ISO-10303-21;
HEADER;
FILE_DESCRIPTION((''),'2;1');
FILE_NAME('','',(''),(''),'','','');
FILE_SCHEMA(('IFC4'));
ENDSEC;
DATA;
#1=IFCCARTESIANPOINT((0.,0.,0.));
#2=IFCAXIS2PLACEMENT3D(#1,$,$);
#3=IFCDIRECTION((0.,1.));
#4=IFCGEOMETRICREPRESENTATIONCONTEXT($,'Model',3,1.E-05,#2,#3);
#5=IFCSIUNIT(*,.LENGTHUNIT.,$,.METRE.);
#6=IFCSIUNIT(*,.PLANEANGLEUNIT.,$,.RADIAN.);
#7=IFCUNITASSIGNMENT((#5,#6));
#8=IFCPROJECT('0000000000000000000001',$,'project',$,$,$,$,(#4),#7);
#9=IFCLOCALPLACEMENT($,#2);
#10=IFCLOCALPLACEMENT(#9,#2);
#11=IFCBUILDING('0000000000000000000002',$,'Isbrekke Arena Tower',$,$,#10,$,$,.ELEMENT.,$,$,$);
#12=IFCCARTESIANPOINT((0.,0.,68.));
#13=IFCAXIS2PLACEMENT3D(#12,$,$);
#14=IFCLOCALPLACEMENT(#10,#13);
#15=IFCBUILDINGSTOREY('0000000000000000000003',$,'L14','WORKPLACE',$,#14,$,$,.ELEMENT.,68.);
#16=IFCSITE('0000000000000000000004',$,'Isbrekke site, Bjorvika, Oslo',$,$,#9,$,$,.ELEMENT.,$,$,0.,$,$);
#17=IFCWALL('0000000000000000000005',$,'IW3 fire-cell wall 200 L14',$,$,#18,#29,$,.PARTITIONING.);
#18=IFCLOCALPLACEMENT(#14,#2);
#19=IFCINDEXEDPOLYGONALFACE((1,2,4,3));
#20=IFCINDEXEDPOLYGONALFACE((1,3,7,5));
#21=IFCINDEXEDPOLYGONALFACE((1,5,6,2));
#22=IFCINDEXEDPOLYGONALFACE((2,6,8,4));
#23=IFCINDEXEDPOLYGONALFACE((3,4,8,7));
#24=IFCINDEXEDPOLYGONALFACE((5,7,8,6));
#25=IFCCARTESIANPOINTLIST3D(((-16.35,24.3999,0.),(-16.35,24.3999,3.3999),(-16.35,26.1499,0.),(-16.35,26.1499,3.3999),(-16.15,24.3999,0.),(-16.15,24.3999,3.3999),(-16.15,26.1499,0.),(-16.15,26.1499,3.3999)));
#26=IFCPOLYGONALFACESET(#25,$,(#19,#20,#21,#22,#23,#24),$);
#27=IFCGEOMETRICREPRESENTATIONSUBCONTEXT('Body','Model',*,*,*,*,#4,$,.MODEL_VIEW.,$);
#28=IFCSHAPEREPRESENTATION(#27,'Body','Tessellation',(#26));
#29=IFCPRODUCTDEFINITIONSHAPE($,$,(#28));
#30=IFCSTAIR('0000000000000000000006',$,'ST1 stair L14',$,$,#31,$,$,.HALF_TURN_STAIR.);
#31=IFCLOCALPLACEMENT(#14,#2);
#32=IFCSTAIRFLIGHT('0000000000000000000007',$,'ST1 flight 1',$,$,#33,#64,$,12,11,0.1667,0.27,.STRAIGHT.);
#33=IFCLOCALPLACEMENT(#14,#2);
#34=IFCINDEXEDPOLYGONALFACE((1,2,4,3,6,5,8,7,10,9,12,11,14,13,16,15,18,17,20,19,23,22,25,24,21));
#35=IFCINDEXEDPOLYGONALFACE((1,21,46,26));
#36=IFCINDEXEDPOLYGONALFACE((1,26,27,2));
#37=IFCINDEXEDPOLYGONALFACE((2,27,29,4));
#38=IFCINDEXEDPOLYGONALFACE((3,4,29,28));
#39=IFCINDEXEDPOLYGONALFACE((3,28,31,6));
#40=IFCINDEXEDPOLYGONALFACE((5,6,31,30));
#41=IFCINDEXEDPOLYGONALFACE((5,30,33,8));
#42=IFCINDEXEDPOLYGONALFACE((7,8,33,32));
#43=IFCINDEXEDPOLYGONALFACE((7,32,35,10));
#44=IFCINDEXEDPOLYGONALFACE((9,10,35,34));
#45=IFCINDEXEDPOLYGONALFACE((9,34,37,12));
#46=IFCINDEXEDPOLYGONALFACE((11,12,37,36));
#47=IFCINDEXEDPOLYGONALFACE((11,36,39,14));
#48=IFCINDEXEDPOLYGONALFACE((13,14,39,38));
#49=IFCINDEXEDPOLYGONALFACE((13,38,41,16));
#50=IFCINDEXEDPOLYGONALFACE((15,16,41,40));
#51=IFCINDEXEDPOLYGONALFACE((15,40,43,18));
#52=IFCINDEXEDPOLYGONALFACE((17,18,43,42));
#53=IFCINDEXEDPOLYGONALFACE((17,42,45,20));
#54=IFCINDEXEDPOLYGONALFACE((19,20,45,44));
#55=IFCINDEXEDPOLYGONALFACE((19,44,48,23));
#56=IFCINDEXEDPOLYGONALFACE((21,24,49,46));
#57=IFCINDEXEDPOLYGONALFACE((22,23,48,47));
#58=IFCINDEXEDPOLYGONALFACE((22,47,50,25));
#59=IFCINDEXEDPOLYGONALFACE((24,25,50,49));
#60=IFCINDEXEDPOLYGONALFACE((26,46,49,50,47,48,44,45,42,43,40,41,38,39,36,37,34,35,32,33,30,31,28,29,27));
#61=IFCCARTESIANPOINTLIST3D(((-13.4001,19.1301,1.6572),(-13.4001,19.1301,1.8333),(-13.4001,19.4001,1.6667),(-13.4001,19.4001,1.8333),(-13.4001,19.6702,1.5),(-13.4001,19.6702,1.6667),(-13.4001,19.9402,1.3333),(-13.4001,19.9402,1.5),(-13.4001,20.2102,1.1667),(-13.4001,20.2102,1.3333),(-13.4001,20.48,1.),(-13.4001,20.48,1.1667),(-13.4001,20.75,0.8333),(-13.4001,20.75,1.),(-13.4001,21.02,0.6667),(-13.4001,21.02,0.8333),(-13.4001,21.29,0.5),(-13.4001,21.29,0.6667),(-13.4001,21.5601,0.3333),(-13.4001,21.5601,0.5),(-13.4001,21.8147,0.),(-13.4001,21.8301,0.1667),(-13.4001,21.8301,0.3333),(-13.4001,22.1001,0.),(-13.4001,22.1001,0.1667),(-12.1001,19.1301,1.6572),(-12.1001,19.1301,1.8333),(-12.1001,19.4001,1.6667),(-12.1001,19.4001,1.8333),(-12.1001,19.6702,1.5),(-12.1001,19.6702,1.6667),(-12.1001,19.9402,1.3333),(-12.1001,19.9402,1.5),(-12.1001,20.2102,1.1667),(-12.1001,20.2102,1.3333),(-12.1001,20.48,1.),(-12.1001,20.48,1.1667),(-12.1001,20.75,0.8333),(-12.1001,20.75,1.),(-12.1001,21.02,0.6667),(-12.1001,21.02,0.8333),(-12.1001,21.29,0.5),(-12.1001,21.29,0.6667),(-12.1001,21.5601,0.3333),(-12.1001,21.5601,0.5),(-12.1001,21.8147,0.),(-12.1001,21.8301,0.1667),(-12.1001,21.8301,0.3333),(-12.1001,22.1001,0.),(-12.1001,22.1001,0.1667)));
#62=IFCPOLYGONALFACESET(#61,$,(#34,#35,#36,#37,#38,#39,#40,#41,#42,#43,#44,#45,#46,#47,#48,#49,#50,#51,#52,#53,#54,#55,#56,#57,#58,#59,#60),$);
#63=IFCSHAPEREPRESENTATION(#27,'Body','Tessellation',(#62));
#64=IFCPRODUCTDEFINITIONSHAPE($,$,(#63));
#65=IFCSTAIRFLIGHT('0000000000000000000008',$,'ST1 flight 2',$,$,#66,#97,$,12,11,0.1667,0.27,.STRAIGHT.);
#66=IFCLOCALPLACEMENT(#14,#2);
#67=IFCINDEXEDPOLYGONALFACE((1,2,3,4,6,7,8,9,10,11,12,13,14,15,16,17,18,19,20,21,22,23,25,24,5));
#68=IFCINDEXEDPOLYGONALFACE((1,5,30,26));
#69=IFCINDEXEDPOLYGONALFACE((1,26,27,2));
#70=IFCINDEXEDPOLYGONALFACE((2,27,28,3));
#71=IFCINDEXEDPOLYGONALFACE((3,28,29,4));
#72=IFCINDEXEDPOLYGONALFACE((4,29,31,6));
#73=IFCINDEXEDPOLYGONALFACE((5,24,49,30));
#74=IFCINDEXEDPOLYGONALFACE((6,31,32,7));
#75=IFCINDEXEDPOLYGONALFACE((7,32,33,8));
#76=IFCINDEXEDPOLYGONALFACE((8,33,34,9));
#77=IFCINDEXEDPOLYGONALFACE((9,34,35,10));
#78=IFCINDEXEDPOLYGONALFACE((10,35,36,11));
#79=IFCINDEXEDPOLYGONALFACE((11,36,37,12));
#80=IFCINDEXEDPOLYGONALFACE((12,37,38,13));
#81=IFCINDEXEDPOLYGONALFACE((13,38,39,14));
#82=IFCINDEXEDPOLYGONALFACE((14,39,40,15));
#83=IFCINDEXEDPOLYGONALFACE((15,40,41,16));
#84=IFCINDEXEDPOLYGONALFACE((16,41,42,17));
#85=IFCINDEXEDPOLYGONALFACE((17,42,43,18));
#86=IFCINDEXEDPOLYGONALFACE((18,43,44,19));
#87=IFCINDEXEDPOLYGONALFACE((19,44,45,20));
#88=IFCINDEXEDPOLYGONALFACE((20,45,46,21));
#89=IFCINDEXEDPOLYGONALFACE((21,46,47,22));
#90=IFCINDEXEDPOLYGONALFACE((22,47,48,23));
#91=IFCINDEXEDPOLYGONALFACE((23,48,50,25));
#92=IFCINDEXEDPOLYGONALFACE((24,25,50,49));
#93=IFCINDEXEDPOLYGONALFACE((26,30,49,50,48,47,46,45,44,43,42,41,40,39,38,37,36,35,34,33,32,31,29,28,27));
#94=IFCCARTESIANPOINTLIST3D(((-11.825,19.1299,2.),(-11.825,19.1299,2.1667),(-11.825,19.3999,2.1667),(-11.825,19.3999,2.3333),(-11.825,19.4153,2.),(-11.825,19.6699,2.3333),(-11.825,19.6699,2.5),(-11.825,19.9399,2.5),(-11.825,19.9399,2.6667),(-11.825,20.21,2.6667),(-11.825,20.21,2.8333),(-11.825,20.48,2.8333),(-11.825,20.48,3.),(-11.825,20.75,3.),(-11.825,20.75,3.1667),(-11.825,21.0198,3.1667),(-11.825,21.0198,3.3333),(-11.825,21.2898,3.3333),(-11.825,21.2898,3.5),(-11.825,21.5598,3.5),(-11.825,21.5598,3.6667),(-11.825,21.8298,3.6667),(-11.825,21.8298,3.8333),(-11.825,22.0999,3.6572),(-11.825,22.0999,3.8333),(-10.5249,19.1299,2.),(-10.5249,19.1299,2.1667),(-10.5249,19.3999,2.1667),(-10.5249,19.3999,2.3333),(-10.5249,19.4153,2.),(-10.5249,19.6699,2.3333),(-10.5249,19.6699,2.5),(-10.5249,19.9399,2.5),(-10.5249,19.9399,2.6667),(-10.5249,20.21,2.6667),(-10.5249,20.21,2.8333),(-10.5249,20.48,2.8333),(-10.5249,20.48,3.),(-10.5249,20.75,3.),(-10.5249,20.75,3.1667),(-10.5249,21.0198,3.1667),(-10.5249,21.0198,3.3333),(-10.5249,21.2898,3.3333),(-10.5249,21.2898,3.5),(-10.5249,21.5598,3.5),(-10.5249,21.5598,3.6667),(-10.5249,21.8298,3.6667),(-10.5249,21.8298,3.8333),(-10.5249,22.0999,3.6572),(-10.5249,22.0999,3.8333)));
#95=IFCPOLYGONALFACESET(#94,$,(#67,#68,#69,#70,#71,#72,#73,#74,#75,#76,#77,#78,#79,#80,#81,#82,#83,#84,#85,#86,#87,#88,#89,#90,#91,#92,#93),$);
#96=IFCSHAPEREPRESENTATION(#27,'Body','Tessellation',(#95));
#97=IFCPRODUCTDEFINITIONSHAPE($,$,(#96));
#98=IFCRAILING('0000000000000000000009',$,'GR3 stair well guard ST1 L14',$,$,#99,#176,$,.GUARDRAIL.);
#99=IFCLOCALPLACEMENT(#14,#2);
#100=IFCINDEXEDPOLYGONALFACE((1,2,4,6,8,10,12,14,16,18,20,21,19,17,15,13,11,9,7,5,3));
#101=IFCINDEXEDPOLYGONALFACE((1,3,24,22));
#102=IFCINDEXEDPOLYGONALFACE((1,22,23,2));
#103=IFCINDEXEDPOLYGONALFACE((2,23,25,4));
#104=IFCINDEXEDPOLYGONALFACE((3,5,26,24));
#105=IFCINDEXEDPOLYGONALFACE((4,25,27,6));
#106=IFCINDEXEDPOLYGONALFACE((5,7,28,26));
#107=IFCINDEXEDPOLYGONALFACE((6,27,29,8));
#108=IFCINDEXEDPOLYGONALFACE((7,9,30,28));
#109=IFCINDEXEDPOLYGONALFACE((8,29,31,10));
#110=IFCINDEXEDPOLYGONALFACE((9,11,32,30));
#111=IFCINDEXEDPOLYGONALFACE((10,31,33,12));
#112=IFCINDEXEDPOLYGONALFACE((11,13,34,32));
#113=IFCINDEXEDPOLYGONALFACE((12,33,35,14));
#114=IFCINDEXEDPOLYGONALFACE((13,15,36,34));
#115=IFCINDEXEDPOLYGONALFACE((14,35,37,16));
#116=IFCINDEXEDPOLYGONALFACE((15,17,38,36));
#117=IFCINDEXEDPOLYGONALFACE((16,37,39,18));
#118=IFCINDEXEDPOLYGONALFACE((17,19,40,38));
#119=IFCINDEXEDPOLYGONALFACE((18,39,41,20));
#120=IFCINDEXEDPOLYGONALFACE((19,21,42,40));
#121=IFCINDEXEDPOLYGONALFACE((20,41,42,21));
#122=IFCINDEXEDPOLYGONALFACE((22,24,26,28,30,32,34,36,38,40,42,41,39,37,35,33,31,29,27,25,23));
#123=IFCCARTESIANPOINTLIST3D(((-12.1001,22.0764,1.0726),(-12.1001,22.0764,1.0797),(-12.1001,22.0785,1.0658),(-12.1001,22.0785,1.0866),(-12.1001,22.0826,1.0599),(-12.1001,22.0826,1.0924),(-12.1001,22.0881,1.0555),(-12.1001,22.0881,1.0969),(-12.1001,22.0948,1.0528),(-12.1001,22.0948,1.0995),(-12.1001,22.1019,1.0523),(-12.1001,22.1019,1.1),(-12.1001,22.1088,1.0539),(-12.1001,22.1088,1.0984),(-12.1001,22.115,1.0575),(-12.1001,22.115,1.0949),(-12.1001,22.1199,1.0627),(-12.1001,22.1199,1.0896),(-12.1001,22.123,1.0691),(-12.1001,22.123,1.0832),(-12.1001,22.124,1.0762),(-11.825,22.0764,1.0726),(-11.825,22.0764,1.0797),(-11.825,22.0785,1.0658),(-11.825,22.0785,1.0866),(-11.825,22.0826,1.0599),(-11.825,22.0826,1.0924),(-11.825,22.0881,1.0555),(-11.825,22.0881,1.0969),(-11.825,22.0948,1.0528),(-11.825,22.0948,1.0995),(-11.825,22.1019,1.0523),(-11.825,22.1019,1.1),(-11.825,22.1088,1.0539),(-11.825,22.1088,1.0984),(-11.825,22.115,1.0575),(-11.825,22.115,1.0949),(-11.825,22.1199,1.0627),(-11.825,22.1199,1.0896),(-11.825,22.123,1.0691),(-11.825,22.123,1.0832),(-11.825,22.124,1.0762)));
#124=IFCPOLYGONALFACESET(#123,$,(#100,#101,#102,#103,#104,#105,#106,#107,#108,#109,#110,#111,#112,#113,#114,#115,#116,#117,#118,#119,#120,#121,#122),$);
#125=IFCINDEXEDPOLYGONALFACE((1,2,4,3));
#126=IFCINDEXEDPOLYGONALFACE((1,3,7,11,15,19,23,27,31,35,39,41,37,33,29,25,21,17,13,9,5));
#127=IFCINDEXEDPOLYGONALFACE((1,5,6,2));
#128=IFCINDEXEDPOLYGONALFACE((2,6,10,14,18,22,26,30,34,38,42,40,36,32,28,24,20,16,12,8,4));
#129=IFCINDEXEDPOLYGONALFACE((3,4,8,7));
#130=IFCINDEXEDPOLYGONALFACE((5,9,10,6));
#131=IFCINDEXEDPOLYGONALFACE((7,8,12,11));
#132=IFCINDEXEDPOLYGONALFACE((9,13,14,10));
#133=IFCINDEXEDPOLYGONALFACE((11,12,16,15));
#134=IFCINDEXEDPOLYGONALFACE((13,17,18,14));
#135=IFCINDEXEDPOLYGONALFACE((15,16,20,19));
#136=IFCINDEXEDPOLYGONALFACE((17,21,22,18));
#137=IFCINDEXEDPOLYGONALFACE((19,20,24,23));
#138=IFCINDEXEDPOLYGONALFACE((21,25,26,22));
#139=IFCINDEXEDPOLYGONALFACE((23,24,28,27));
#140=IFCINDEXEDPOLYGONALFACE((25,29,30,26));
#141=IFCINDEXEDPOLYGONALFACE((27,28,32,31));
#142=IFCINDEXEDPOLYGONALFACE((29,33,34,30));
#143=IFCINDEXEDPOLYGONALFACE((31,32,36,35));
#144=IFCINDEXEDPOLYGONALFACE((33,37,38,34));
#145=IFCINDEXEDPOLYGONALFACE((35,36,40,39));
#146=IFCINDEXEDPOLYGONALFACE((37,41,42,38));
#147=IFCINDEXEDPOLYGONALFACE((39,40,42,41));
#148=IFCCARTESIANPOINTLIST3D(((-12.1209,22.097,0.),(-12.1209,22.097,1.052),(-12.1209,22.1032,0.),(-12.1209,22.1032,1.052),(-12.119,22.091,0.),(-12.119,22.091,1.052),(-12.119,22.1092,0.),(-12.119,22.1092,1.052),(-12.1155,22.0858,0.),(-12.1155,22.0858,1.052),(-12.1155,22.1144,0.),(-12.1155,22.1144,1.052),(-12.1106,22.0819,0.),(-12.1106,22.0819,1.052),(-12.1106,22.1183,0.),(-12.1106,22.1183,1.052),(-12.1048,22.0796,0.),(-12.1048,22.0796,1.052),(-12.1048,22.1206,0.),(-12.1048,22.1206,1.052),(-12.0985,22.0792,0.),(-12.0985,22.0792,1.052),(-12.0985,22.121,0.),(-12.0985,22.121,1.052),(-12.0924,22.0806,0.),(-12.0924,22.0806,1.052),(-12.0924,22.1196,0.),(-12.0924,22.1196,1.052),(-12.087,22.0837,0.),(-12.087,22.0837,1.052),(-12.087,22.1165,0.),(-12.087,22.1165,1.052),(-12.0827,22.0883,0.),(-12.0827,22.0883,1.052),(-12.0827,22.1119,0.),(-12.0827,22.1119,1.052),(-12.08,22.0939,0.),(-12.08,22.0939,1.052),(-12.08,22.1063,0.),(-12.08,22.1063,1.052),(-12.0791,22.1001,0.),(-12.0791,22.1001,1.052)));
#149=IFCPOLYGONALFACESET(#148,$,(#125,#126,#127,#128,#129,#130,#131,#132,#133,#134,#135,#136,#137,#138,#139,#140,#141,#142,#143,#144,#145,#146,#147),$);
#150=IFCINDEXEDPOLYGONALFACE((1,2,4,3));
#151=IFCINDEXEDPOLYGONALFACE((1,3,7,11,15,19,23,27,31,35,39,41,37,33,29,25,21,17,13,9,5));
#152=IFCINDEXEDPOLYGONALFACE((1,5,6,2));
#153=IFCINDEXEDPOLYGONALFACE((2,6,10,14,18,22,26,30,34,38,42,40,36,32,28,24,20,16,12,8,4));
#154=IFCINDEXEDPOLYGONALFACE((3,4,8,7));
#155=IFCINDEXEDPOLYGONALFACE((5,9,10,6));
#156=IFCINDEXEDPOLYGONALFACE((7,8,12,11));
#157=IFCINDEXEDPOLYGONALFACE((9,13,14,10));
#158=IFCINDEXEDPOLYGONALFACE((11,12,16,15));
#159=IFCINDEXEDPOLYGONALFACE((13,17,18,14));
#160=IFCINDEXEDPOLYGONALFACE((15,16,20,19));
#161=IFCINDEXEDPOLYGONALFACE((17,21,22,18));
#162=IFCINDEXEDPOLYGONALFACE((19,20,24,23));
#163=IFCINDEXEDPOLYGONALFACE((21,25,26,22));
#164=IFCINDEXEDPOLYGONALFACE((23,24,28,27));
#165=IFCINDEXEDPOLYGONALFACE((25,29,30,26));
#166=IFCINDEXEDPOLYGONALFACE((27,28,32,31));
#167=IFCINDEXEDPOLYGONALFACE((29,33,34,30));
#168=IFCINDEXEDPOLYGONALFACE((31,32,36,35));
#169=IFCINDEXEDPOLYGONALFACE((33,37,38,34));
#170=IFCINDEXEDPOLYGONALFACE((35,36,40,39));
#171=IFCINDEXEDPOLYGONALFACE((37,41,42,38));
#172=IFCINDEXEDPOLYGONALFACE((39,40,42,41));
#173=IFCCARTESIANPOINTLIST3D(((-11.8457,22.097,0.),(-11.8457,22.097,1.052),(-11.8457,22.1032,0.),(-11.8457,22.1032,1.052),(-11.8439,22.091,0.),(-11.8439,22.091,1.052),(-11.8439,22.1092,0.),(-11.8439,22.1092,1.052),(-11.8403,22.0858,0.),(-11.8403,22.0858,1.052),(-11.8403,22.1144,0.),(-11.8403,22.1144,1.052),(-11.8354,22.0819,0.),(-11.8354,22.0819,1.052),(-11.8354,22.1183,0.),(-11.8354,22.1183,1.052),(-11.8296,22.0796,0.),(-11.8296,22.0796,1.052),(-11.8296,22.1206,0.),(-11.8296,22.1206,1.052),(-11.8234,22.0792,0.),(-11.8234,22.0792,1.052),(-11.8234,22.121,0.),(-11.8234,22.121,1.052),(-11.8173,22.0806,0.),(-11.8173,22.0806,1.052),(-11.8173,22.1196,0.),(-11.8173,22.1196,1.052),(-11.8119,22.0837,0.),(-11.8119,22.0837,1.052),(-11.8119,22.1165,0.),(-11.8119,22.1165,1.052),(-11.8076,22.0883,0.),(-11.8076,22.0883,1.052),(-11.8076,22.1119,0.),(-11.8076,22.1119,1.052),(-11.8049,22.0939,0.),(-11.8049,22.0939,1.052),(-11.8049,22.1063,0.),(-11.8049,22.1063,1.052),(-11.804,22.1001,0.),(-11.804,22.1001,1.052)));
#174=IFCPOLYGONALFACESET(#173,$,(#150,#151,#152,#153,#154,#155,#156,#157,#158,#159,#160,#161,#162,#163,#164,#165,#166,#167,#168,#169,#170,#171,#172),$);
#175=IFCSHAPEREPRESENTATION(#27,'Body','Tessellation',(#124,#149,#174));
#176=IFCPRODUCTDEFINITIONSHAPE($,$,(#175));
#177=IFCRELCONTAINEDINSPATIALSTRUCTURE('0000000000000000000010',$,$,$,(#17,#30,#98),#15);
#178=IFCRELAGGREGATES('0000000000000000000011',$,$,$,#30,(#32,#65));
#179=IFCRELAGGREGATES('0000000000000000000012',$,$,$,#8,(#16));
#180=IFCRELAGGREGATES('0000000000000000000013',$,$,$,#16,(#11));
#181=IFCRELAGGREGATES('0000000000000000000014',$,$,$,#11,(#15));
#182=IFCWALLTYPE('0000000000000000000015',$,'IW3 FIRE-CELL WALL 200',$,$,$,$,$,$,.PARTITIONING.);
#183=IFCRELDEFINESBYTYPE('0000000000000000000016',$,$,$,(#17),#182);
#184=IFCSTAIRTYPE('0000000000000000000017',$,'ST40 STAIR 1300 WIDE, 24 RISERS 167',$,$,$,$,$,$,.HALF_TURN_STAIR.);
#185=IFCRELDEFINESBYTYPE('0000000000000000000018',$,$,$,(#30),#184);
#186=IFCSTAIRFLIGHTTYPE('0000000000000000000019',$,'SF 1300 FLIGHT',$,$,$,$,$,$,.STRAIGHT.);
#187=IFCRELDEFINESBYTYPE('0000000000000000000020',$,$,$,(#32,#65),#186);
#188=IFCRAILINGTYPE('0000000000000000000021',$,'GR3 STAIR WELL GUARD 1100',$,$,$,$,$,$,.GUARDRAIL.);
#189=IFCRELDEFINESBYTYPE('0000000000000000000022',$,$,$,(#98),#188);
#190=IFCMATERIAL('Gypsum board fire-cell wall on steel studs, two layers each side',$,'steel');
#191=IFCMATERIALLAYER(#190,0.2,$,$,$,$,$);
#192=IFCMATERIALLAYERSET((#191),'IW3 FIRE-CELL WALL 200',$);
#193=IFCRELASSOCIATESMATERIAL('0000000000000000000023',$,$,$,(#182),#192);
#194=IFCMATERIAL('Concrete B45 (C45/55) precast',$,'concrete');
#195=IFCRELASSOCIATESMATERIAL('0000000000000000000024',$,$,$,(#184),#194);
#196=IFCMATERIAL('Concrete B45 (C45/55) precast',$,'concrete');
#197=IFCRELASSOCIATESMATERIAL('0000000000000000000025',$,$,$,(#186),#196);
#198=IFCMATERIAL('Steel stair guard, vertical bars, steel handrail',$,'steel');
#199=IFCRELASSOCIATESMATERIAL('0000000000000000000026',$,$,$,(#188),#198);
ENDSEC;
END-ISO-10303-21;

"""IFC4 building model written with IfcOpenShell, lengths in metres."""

from ifc_helpers import new_model, si_unit, direction, frame, frame_2d, origin, origin_2d, place, context, subcontext, project, spatial, polyline, rectangle, circle, outline, extrude, material, layer, layer_set, type_object, element, aggregate, save


model = new_model("IFC4")

# Units and contexts
model_context = context("Model", 3, precision=1e-05, world=origin(), true_north=direction((0.0, 1.0)))
body_context = subcontext(model_context, "Body", "Model", "MODEL_VIEW")
ifc_project = project(units=[si_unit("LENGTHUNIT", "METRE"), si_unit("PLANEANGLEUNIT", "RADIAN")], contexts=[model_context])

# Site, building, storey
site_placement = place(None, origin())
site = spatial("IfcSite", under=ifc_project, at=site_placement, Name="Isbrekke site, Bjorvika, Oslo", CompositionType="ELEMENT", RefElevation=0.0)
building_placement = place(site_placement, origin())
building = spatial("IfcBuilding", under=site, at=building_placement, Name="Isbrekke Arena Tower", CompositionType="ELEMENT")
storey_placement = place(building_placement, frame((0.0, 0.0, 68.0)))
storey = spatial("IfcBuildingStorey", under=building, at=storey_placement, Name="L14", Description="WORKPLACE", CompositionType="ELEMENT", Elevation=68.0)

# Wall
ifc_material_1 = material(Name="Gypsum board fire-cell wall on steel studs, two layers each side", Category="steel")
ifc_layer_1 = layer(ifc_material_1, 0.2)
ifc_layer_set_1 = layer_set([ifc_layer_1], Name="IW3 FIRE-CELL WALL 200")
wall_type_1 = type_object("IfcWallType", Name="IW3 FIRE-CELL WALL 200", PredefinedType="PARTITIONING", material=ifc_layer_set_1)
wall_1_placement = place(storey_placement, frame((-16.25, 24.3999, 0.0), z_axis=(0.0, 0.0, 1.0), x_axis=(0.0, 1.0, 0.0)))
element("IfcWall", 1, at=wall_1_placement, inside=storey, type_object=wall_type_1, Name="IW3 fire-cell wall 200 L14", PredefinedType="PARTITIONING", context=body_context, shape_type="SweptSolid", body=[
    extrude(rectangle(XDim=1.75, YDim=0.2, at=frame_2d((0.875, 0.0))), origin(), (0.0, 0.0, 1.0), 3.3999),
])

# Stair, stair flights
ifc_material_2 = material(Name="Concrete B45 (C45/55) precast", Category="concrete")
stair_type = type_object("IfcStairType", Name="ST40 STAIR 1300 WIDE, 24 RISERS 167", PredefinedType="HALF_TURN_STAIR", material=ifc_material_2)
stair_placement = place(storey_placement, origin())
stair = element("IfcStair", 2, at=stair_placement, inside=storey, type_object=stair_type, Name="ST1 stair L14", PredefinedType="HALF_TURN_STAIR")
ifc_material_3 = material(Name="Concrete B45 (C45/55) precast", Category="concrete")
stair_flight_type = type_object("IfcStairFlightType", Name="SF 1300 FLIGHT", PredefinedType="STRAIGHT", material=ifc_material_3)
stair_flight_1_placement = place(storey_placement, frame((-12.75, 22.1001, 0.0), z_axis=(0.0, 0.0, 1.0), x_axis=(0.0, -1.0, 0.0)))
stair_flight_1 = element("IfcStairFlight", 3, at=stair_flight_1_placement, type_object=stair_flight_type, Name="ST1 flight 1", NumberOfRisers=12, NumberOfTreads=11, PredefinedType="STRAIGHT", RiserHeight=0.1667, TreadLength=0.27, context=body_context, shape_type="SweptSolid", body=[
    extrude(outline(polyline([(0.0, 0.0), (0.0, 0.1667), (0.27, 0.1667), (0.27, 0.3333), (0.54, 0.3333), (0.54, 0.5), (0.8101, 0.5), (0.8101, 0.6667), (1.0801, 0.6667), (1.0801, 0.8333), (1.3501, 0.8333), (1.3501, 1.0), (1.6201, 1.0), (1.6201, 1.1667), (1.8899, 1.1667), (1.8899, 1.3333), (2.1599, 1.3333), (2.1599, 1.5), (2.4299, 1.5), (2.4299, 1.6667), (2.7, 1.6667), (2.7, 1.8333), (2.97, 1.8333), (2.97, 2.0), (2.97, 1.6572), (0.2854, 0.0), (0.0, 0.0)])), frame((0.0, 0.6499, 0.0), z_axis=(0.0, -1.0, 0.0), x_axis=(1.0, 0.0, 0.0)), (0.0, 0.0, 1.0), 1.3),
])
stair_flight_2_placement = place(storey_placement, frame((-11.175, 19.1299, 2.0), z_axis=(0.0, 0.0, 1.0), x_axis=(0.0, 1.0, 0.0)))
stair_flight_2 = element("IfcStairFlight", 4, at=stair_flight_2_placement, type_object=stair_flight_type, Name="ST1 flight 2", NumberOfRisers=12, NumberOfTreads=11, PredefinedType="STRAIGHT", RiserHeight=0.1667, TreadLength=0.27, context=body_context, shape_type="SweptSolid", body=[
    extrude(outline(polyline([(0.0, 0.0), (0.0, 0.1667), (0.27, 0.1667), (0.27, 0.3333), (0.54, 0.3333), (0.54, 0.5), (0.8101, 0.5), (0.8101, 0.6667), (1.0801, 0.6667), (1.0801, 0.8333), (1.3501, 0.8333), (1.3501, 1.0), (1.6201, 1.0), (1.6201, 1.1667), (1.8899, 1.1667), (1.8899, 1.3333), (2.1599, 1.3333), (2.1599, 1.5), (2.4299, 1.5), (2.4299, 1.6667), (2.7, 1.6667), (2.7, 1.8333), (2.97, 1.8333), (2.97, 2.0), (2.97, 1.6572), (0.2854, 0.0), (0.0, 0.0)])), frame((0.0, 0.6499, 0.0), z_axis=(0.0, -1.0, 0.0), x_axis=(1.0, 0.0, 0.0)), (0.0, 0.0, 1.0), 1.3),
])
aggregate(stair, [stair_flight_1, stair_flight_2])

# Railing
ifc_material_4 = material(Name="Steel stair guard, vertical bars, steel handrail", Category="steel")
railing_type = type_object("IfcRailingType", Name="GR3 STAIR WELL GUARD 1100", PredefinedType="GUARDRAIL", material=ifc_material_4)
for number, where, name in (
    (5, (-12.1001, 22.1001, 0.0), "GR3 stair well guard ST1 L14"),
):
    element("IfcRailing", number, at=place(storey_placement, frame(where)), inside=storey, type_object=railing_type, Name=name, PredefinedType="GUARDRAIL", context=body_context, shape_type="SweptSolid", body=[
        extrude(circle(Radius=0.0239, at=origin_2d()), frame((0.0, 0.0, 1.0762), z_axis=(1.0, 0.0, 0.0), x_axis=(0.0, 1.0, 0.0)), (0.0, 0.0, 1.0), 0.2751),
        extrude(circle(Radius=0.021, at=origin_2d()), origin(), (0.0, 0.0, 1.0), 1.052),
        extrude(circle(Radius=0.021, at=origin_2d()), frame((0.2751, 0.0, 0.0)), (0.0, 0.0, 1.0), 1.052),
    ])

save(model, "model.ifc")
